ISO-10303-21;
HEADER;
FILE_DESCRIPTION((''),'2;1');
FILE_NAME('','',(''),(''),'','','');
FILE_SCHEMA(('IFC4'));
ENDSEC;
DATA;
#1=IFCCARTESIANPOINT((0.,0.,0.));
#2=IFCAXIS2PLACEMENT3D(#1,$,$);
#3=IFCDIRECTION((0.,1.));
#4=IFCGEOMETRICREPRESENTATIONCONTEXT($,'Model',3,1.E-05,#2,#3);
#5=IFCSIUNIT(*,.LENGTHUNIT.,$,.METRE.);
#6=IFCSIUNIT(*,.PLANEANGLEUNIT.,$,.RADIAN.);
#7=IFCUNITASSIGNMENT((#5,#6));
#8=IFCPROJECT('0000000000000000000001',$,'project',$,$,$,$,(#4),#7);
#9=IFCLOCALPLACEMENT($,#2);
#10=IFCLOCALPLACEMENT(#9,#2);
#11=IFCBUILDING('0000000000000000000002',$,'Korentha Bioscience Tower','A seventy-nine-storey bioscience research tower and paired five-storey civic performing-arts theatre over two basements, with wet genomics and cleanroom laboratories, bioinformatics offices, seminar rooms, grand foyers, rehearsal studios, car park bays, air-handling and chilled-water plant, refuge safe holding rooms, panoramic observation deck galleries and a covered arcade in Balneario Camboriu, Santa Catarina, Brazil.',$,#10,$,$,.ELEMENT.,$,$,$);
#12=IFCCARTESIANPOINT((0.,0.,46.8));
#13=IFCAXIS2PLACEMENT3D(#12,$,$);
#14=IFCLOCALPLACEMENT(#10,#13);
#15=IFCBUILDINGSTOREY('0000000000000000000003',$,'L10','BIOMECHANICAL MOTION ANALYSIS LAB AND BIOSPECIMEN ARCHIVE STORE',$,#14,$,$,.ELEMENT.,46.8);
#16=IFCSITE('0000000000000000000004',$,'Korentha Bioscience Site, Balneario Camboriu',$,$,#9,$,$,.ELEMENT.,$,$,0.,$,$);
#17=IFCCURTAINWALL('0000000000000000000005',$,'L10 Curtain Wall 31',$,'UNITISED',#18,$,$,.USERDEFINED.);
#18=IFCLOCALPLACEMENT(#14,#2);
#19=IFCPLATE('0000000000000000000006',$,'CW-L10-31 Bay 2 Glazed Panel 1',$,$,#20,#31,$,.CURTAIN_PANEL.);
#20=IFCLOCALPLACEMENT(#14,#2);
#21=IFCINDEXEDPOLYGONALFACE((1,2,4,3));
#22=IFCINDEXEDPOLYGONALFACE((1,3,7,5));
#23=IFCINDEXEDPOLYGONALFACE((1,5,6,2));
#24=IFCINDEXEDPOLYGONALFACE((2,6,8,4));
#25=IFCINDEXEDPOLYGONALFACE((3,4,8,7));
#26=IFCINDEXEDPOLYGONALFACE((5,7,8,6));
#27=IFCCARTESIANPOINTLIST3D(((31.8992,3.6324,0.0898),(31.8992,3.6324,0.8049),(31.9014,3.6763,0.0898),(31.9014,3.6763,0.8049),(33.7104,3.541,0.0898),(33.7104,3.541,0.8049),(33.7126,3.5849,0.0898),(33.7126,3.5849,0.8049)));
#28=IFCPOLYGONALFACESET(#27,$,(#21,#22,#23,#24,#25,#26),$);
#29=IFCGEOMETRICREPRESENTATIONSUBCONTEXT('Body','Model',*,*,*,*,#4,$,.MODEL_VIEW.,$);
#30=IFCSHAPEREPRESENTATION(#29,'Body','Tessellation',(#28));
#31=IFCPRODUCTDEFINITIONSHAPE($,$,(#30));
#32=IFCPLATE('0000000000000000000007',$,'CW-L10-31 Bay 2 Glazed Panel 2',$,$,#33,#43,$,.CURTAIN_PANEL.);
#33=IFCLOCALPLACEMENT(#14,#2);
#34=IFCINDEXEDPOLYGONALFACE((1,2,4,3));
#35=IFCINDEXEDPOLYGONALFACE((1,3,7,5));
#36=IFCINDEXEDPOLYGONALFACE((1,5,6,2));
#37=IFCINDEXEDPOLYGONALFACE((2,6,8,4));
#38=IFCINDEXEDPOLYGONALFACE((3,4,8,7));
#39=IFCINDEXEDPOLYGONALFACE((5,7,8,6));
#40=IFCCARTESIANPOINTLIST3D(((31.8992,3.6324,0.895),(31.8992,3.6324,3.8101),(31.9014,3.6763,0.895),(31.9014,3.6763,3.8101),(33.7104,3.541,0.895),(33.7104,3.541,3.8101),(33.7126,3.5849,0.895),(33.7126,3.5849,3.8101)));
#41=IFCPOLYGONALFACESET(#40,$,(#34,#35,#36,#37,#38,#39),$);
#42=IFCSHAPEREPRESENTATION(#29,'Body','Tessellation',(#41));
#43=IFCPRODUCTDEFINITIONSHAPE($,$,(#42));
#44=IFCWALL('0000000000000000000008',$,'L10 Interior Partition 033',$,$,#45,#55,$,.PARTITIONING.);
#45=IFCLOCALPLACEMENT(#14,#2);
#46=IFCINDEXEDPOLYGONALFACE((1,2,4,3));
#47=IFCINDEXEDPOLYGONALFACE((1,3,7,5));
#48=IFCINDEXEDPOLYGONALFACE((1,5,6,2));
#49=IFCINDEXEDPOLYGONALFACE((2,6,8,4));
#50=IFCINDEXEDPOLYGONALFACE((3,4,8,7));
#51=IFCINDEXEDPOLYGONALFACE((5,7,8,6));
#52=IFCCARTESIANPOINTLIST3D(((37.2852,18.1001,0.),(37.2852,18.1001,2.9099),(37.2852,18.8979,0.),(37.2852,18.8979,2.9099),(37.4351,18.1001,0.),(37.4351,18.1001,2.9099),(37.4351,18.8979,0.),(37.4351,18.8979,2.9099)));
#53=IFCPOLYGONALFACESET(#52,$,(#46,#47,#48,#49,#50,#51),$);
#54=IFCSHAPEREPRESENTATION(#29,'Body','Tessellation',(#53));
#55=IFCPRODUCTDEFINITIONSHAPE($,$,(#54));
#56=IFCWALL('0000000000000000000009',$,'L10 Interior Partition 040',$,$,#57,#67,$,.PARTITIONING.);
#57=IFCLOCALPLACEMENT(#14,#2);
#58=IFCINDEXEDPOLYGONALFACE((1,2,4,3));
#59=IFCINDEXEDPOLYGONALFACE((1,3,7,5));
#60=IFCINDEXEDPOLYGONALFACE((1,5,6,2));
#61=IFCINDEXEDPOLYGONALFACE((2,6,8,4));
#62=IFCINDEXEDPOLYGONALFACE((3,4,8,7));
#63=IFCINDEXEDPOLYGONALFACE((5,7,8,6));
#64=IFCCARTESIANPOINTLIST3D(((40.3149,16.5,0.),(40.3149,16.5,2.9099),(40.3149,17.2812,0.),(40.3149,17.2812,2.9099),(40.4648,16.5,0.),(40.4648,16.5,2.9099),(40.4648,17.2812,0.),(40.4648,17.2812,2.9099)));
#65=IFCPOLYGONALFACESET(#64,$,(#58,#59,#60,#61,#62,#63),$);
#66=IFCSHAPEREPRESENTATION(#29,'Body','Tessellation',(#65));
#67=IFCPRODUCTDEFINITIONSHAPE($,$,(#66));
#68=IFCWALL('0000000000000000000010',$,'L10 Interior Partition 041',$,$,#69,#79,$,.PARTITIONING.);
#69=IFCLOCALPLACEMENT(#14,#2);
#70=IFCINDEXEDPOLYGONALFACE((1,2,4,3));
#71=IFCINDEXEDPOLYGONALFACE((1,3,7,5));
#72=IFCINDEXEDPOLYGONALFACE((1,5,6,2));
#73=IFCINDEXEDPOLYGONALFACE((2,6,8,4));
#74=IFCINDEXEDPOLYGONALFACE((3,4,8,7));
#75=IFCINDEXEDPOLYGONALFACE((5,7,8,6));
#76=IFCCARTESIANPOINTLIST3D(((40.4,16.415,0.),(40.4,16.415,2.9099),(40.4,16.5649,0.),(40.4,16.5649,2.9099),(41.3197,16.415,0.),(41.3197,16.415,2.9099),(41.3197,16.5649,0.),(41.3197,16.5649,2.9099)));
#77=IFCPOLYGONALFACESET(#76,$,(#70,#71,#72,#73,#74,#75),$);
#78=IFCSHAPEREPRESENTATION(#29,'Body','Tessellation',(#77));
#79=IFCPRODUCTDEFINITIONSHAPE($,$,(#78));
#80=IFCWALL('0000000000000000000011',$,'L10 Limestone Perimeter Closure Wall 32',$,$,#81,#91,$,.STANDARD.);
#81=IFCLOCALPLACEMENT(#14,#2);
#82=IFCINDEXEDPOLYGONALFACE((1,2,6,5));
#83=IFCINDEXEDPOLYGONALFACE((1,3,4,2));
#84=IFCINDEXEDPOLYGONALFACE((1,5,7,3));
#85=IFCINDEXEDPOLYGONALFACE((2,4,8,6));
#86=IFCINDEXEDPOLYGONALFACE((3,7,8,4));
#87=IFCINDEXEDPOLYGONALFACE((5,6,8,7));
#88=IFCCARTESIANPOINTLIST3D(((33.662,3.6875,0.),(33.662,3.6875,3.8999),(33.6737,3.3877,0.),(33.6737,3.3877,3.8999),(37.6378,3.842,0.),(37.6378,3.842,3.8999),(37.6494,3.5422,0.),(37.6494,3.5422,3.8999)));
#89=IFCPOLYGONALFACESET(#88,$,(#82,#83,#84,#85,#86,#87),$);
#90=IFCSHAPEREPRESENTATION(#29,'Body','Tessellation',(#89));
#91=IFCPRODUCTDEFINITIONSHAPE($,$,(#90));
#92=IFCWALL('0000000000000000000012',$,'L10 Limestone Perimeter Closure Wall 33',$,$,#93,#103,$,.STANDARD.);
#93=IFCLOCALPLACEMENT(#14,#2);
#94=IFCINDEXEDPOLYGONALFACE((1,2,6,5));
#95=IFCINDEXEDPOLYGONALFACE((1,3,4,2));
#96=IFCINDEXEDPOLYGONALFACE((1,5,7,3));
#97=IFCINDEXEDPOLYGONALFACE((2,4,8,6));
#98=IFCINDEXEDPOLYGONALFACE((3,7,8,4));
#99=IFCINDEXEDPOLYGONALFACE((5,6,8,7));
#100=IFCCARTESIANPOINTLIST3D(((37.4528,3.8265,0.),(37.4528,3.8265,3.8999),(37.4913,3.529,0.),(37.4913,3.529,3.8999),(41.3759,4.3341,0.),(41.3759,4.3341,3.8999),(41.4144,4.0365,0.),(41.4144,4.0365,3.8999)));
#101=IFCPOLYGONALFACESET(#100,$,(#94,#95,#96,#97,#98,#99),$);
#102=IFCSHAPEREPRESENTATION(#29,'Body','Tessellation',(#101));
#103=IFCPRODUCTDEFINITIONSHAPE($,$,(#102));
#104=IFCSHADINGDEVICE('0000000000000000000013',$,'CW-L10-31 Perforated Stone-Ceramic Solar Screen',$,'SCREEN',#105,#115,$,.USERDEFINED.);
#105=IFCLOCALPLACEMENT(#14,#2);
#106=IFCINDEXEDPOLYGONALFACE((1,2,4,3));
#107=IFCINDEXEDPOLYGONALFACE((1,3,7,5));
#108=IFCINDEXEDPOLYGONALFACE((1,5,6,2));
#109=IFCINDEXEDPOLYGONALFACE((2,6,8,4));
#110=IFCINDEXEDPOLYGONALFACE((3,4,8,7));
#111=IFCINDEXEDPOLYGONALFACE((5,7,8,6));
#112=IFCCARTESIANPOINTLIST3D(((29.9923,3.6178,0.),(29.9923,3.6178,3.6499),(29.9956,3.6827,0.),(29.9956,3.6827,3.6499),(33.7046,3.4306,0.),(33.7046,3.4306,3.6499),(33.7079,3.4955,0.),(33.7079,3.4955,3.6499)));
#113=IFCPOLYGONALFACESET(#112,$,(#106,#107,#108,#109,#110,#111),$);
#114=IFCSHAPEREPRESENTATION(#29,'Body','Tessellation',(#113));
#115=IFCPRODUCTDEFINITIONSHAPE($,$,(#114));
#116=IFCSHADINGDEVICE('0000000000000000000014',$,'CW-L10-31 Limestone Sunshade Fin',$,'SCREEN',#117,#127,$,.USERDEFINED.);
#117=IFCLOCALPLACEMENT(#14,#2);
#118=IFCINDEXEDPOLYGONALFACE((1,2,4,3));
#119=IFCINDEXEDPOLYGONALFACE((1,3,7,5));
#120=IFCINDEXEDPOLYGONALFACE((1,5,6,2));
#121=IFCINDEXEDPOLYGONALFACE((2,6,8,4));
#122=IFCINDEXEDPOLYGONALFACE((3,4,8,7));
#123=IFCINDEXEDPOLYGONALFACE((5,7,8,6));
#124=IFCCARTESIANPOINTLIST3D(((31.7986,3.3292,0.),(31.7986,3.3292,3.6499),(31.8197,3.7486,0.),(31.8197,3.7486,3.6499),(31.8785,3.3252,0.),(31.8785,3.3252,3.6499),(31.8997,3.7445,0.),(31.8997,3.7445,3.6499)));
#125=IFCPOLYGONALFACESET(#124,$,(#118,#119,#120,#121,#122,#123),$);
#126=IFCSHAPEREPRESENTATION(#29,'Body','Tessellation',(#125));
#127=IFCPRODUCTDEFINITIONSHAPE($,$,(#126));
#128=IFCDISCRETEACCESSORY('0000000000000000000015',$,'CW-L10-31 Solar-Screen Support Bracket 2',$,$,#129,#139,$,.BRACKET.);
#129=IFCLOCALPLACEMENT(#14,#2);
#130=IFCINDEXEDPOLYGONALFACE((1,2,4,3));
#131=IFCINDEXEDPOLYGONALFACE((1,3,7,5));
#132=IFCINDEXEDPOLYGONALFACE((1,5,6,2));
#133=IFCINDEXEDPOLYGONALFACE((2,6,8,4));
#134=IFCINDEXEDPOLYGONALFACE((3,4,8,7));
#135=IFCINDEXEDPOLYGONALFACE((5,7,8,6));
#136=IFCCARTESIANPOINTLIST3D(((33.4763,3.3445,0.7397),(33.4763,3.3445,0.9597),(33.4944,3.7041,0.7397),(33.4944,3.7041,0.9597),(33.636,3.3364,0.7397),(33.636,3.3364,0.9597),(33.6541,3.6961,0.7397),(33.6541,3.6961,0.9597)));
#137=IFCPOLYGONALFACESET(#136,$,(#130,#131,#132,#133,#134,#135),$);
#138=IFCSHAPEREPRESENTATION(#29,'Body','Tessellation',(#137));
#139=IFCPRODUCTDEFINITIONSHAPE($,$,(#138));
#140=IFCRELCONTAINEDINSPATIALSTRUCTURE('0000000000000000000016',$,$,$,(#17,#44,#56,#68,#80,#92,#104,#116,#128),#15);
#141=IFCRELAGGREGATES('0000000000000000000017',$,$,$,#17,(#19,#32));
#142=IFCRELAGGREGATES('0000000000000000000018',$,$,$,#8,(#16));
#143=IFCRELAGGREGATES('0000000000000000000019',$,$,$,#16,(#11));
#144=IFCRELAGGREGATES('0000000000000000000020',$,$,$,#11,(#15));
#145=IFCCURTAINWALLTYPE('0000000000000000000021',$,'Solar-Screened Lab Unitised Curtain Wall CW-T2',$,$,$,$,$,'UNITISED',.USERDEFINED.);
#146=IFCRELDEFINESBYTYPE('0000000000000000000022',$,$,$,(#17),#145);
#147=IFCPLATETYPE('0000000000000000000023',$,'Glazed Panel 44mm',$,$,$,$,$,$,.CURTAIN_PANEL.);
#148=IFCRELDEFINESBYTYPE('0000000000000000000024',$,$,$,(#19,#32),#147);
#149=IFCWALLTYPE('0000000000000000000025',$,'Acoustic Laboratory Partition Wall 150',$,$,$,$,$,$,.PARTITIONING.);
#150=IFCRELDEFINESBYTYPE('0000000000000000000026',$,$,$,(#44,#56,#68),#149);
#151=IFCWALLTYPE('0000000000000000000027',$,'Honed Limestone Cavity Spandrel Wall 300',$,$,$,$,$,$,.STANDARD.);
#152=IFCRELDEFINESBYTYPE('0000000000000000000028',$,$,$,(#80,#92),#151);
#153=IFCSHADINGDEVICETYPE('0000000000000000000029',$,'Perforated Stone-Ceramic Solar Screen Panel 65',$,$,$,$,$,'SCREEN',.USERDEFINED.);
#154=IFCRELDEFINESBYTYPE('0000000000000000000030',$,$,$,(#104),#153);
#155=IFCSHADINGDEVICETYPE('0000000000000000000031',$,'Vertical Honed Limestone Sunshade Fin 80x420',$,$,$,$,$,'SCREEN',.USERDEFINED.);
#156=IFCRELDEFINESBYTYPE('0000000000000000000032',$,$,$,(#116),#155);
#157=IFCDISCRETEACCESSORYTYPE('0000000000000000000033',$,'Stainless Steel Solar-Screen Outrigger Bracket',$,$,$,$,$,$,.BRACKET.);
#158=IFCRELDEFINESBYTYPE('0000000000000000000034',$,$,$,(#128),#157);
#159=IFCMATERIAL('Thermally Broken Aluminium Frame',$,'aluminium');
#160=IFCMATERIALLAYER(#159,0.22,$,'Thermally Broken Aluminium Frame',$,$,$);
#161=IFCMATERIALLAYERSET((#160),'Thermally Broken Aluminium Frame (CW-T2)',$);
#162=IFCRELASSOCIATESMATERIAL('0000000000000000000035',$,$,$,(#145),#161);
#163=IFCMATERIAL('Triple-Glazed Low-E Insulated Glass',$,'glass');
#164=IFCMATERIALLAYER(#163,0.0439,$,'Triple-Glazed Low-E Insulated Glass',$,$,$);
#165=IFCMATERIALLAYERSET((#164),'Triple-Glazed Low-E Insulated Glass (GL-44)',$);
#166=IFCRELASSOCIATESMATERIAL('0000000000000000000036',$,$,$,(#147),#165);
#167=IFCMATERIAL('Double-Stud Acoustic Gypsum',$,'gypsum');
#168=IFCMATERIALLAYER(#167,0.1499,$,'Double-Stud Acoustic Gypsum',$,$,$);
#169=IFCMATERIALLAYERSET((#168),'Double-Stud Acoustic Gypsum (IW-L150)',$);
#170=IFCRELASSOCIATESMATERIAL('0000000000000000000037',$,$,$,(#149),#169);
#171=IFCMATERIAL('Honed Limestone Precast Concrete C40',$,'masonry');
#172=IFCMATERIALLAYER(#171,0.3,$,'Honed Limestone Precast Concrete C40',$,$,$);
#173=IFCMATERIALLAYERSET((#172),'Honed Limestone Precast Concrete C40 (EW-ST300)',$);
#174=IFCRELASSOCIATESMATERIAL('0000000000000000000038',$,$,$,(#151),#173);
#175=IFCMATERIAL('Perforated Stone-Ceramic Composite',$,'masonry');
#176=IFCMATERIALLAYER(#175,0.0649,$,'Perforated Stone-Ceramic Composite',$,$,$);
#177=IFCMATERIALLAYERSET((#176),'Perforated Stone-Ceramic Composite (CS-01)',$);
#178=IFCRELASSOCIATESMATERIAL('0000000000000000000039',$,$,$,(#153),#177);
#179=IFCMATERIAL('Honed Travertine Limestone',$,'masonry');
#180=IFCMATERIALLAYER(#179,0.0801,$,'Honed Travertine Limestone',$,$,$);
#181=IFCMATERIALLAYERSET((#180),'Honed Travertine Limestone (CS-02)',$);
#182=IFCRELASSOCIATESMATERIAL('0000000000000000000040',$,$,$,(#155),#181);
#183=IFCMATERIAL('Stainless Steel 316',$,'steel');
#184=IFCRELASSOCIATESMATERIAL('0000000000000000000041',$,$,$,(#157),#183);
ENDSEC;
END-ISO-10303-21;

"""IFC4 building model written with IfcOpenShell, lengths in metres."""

from ifc_helpers import new_model, si_unit, direction, frame, frame_2d, origin, origin_2d, place, context, subcontext, project, spatial, rectangle, extrude, material, layer, layer_set, type_object, element, aggregate, save


model = new_model("IFC4")

# Units and contexts
model_context = context("Model", 3, precision=1e-05, world=origin(), true_north=direction((0.0, 1.0)))
body_context = subcontext(model_context, "Body", "Model", "MODEL_VIEW")
ifc_project = project(units=[si_unit("LENGTHUNIT", "METRE"), si_unit("PLANEANGLEUNIT", "RADIAN")], contexts=[model_context])

# Site, building, storey
site_placement = place(None, origin())
site = spatial("IfcSite", under=ifc_project, at=site_placement, Name="Korentha Bioscience Site, Balneario Camboriu", CompositionType="ELEMENT", RefElevation=0.0)
building_placement = place(site_placement, origin())
building = spatial("IfcBuilding", under=site, at=building_placement, Name="Korentha Bioscience Tower", Description="A seventy-nine-storey bioscience research tower and paired five-storey civic performing-arts theatre over two basements, with wet genomics and cleanroom laboratories, bioinformatics offices, seminar rooms, grand foyers, rehearsal studios, car park bays, air-handling and chilled-water plant, refuge safe holding rooms, panoramic observation deck galleries and a covered arcade in Balneario Camboriu, Santa Catarina, Brazil.", CompositionType="ELEMENT")
storey_placement = place(building_placement, frame((0.0, 0.0, 46.8)))
storey = spatial("IfcBuildingStorey", under=building, at=storey_placement, Name="L10", Description="BIOMECHANICAL MOTION ANALYSIS LAB AND BIOSPECIMEN ARCHIVE STORE", CompositionType="ELEMENT", Elevation=46.8)

# Curtain wall
ifc_material_1 = material(Name="Thermally Broken Aluminium Frame", Category="aluminium")
ifc_layer_1 = layer(ifc_material_1, 0.22, Name="Thermally Broken Aluminium Frame")
ifc_layer_set_1 = layer_set([ifc_layer_1], Name="Thermally Broken Aluminium Frame (CW-T2)")
curtain_wall_type = type_object("IfcCurtainWallType", Name="Solar-Screened Lab Unitised Curtain Wall CW-T2", ElementType="UNITISED", PredefinedType="USERDEFINED", material=ifc_layer_set_1)
curtain_wall_placement = place(storey_placement, origin())
curtain_wall = element("IfcCurtainWall", 1, at=curtain_wall_placement, inside=storey, type_object=curtain_wall_type, Name="L10 Curtain Wall 31", ObjectType="UNITISED", PredefinedType="USERDEFINED")

# Plates
ifc_material_2 = material(Name="Triple-Glazed Low-E Insulated Glass", Category="glass")
ifc_layer_2 = layer(ifc_material_2, 0.0439, Name="Triple-Glazed Low-E Insulated Glass")
ifc_layer_set_2 = layer_set([ifc_layer_2], Name="Triple-Glazed Low-E Insulated Glass (GL-44)")
plate_type = type_object("IfcPlateType", Name="Glazed Panel 44mm", PredefinedType="CURTAIN_PANEL", material=ifc_layer_set_2)
plate_1_placement = place(storey_placement, frame((32.8059, 3.6086, 0.0898), z_axis=(0.0, 0.0, 1.0), x_axis=(0.998731, -0.050371, 0.0)))
plate_1 = element("IfcPlate", 2, at=plate_1_placement, type_object=plate_type, Name="CW-L10-31 Bay 2 Glazed Panel 1", PredefinedType="CURTAIN_PANEL", context=body_context, shape_type="SweptSolid", body=[
    extrude(rectangle(XDim=1.8135, YDim=0.0439, at=origin_2d()), origin(), (0.0, 0.0, 1.0), 0.7151),
])
plate_2_placement = place(storey_placement, frame((32.8059, 3.6086, 0.895), z_axis=(0.0, 0.0, 1.0), x_axis=(0.998731, -0.050371, 0.0)))
plate_2 = element("IfcPlate", 3, at=plate_2_placement, type_object=plate_type, Name="CW-L10-31 Bay 2 Glazed Panel 2", PredefinedType="CURTAIN_PANEL", context=body_context, shape_type="SweptSolid", body=[
    extrude(rectangle(XDim=1.8135, YDim=0.0439, at=origin_2d()), origin(), (0.0, 0.0, 1.0), 2.915),
])
aggregate(curtain_wall, [plate_1, plate_2])

# Walls
ifc_material_3 = material(Name="Double-Stud Acoustic Gypsum", Category="gypsum")
ifc_layer_3 = layer(ifc_material_3, 0.1499, Name="Double-Stud Acoustic Gypsum")
ifc_layer_set_3 = layer_set([ifc_layer_3], Name="Double-Stud Acoustic Gypsum (IW-L150)")
wall_type_1 = type_object("IfcWallType", Name="Acoustic Laboratory Partition Wall 150", PredefinedType="PARTITIONING", material=ifc_layer_set_3)
wall_1_placement = place(storey_placement, frame((37.3601, 18.1001, 0.0), z_axis=(0.0, 0.0, 1.0), x_axis=(0.0, 1.0, 0.0)))
element("IfcWall", 4, at=wall_1_placement, inside=storey, type_object=wall_type_1, Name="L10 Interior Partition 033", PredefinedType="PARTITIONING", context=body_context, shape_type="SweptSolid", body=[
    extrude(rectangle(XDim=0.7979, YDim=0.1499, at=frame_2d((0.3989, 0.0))), origin(), (0.0, 0.0, 1.0), 2.9099),
])
wall_2_placement = place(storey_placement, frame((40.3899, 17.2812, 0.0), z_axis=(0.0, 0.0, 1.0), x_axis=(0.0, -1.0, 0.0)))
element("IfcWall", 5, at=wall_2_placement, inside=storey, type_object=wall_type_1, Name="L10 Interior Partition 040", PredefinedType="PARTITIONING", context=body_context, shape_type="SweptSolid", body=[
    extrude(rectangle(XDim=0.7812, YDim=0.1499, at=frame_2d((0.3906, 0.0))), origin(), (0.0, 0.0, 1.0), 2.9099),
])
wall_3_placement = place(storey_placement, frame((40.3999, 16.49, 0.0), z_axis=(0.0, 0.0, 1.0), x_axis=(1.0, 0.0, 0.0)))
element("IfcWall", 6, at=wall_3_placement, inside=storey, type_object=wall_type_1, Name="L10 Interior Partition 041", PredefinedType="PARTITIONING", context=body_context, shape_type="SweptSolid", body=[
    extrude(rectangle(XDim=0.9197, YDim=0.1499, at=frame_2d((0.46, 0.0))), origin(), (0.0, 0.0, 1.0), 2.9099),
])
ifc_material_4 = material(Name="Honed Limestone Precast Concrete C40", Category="masonry")
ifc_layer_4 = layer(ifc_material_4, 0.3, Name="Honed Limestone Precast Concrete C40")
ifc_layer_set_4 = layer_set([ifc_layer_4], Name="Honed Limestone Precast Concrete C40 (EW-ST300)")
wall_type_2 = type_object("IfcWallType", Name="Honed Limestone Cavity Spandrel Wall 300", PredefinedType="STANDARD", material=ifc_layer_set_4)
wall_4_placement = place(storey_placement, frame((33.668, 3.5376, 0.0), z_axis=(0.0, 0.0, 1.0), x_axis=(0.999245, 0.038841, 0.0)))
element("IfcWall", 7, at=wall_4_placement, inside=storey, type_object=wall_type_2, Name="L10 Limestone Perimeter Closure Wall 32", PredefinedType="STANDARD", context=body_context, shape_type="SweptSolid", body=[
    extrude(rectangle(XDim=3.9788, YDim=0.3, at=frame_2d((1.9893, 0.0))), origin(), (0.0, 0.0, 1.0), 3.8999),
])
wall_5_placement = place(storey_placement, frame((37.4719, 3.6777, 0.0), z_axis=(0.0, 0.0, 1.0), x_axis=(0.991734, 0.12831, 0.0)))
element("IfcWall", 8, at=wall_5_placement, inside=storey, type_object=wall_type_2, Name="L10 Limestone Perimeter Closure Wall 33", PredefinedType="STANDARD", context=body_context, shape_type="SweptSolid", body=[
    extrude(rectangle(XDim=3.9558, YDim=0.3, at=frame_2d((1.978, 0.0))), origin(), (0.0, 0.0, 1.0), 3.8999),
])

# Shading devices
ifc_material_5 = material(Name="Perforated Stone-Ceramic Composite", Category="masonry")
ifc_layer_5 = layer(ifc_material_5, 0.0649, Name="Perforated Stone-Ceramic Composite")
ifc_layer_set_5 = layer_set([ifc_layer_5], Name="Perforated Stone-Ceramic Composite (CS-01)")
shading_device_type_1 = type_object("IfcShadingDeviceType", Name="Perforated Stone-Ceramic Solar Screen Panel 65", ElementType="SCREEN", PredefinedType="USERDEFINED", material=ifc_layer_set_5)
shading_device_1_placement = place(storey_placement, frame((31.8501, 3.5566, 0.0), z_axis=(0.0, 0.0, 1.0), x_axis=(0.998731, -0.050371, 0.0)))
element("IfcShadingDevice", 9, at=shading_device_1_placement, inside=storey, type_object=shading_device_type_1, Name="CW-L10-31 Perforated Stone-Ceramic Solar Screen", ObjectType="SCREEN", PredefinedType="USERDEFINED", context=body_context, shape_type="SweptSolid", body=[
    extrude(rectangle(XDim=3.717, YDim=0.0649, at=origin_2d()), origin(), (0.0, 0.0, 1.0), 3.6499),
])
ifc_material_6 = material(Name="Honed Travertine Limestone", Category="masonry")
ifc_layer_6 = layer(ifc_material_6, 0.0801, Name="Honed Travertine Limestone")
ifc_layer_set_6 = layer_set([ifc_layer_6], Name="Honed Travertine Limestone (CS-02)")
shading_device_type_2 = type_object("IfcShadingDeviceType", Name="Vertical Honed Limestone Sunshade Fin 80x420", ElementType="SCREEN", PredefinedType="USERDEFINED", material=ifc_layer_set_6)
shading_device_2_placement = place(storey_placement, frame((31.8491, 3.5369, 0.0), z_axis=(0.0, 0.0, 1.0), x_axis=(0.998731, -0.050371, 0.0)))
element("IfcShadingDevice", 10, at=shading_device_2_placement, inside=storey, type_object=shading_device_type_2, Name="CW-L10-31 Limestone Sunshade Fin", ObjectType="SCREEN", PredefinedType="USERDEFINED", context=body_context, shape_type="SweptSolid", body=[
    extrude(rectangle(XDim=0.0801, YDim=0.4199, at=origin_2d()), origin(), (0.0, 0.0, 1.0), 3.6499),
])

# Discrete accessory
ifc_material_7 = material(Name="Stainless Steel 316", Category="steel")
discrete_accessory_type = type_object("IfcDiscreteAccessoryType", Name="Stainless Steel Solar-Screen Outrigger Bracket", PredefinedType="BRACKET", material=ifc_material_7)
discrete_accessory_placement = place(storey_placement, frame((33.5652, 3.5203, 0.7397), z_axis=(0.0, 0.0, 1.0), x_axis=(0.998731, -0.050371, 0.0)))
element("IfcDiscreteAccessory", 11, at=discrete_accessory_placement, inside=storey, type_object=discrete_accessory_type, Name="CW-L10-31 Solar-Screen Support Bracket 2", PredefinedType="BRACKET", context=body_context, shape_type="SweptSolid", body=[
    extrude(rectangle(XDim=0.1599, YDim=0.3601, at=origin_2d()), origin(), (0.0, 0.0, 1.0), 0.22),
])

save(model, "model.ifc")
